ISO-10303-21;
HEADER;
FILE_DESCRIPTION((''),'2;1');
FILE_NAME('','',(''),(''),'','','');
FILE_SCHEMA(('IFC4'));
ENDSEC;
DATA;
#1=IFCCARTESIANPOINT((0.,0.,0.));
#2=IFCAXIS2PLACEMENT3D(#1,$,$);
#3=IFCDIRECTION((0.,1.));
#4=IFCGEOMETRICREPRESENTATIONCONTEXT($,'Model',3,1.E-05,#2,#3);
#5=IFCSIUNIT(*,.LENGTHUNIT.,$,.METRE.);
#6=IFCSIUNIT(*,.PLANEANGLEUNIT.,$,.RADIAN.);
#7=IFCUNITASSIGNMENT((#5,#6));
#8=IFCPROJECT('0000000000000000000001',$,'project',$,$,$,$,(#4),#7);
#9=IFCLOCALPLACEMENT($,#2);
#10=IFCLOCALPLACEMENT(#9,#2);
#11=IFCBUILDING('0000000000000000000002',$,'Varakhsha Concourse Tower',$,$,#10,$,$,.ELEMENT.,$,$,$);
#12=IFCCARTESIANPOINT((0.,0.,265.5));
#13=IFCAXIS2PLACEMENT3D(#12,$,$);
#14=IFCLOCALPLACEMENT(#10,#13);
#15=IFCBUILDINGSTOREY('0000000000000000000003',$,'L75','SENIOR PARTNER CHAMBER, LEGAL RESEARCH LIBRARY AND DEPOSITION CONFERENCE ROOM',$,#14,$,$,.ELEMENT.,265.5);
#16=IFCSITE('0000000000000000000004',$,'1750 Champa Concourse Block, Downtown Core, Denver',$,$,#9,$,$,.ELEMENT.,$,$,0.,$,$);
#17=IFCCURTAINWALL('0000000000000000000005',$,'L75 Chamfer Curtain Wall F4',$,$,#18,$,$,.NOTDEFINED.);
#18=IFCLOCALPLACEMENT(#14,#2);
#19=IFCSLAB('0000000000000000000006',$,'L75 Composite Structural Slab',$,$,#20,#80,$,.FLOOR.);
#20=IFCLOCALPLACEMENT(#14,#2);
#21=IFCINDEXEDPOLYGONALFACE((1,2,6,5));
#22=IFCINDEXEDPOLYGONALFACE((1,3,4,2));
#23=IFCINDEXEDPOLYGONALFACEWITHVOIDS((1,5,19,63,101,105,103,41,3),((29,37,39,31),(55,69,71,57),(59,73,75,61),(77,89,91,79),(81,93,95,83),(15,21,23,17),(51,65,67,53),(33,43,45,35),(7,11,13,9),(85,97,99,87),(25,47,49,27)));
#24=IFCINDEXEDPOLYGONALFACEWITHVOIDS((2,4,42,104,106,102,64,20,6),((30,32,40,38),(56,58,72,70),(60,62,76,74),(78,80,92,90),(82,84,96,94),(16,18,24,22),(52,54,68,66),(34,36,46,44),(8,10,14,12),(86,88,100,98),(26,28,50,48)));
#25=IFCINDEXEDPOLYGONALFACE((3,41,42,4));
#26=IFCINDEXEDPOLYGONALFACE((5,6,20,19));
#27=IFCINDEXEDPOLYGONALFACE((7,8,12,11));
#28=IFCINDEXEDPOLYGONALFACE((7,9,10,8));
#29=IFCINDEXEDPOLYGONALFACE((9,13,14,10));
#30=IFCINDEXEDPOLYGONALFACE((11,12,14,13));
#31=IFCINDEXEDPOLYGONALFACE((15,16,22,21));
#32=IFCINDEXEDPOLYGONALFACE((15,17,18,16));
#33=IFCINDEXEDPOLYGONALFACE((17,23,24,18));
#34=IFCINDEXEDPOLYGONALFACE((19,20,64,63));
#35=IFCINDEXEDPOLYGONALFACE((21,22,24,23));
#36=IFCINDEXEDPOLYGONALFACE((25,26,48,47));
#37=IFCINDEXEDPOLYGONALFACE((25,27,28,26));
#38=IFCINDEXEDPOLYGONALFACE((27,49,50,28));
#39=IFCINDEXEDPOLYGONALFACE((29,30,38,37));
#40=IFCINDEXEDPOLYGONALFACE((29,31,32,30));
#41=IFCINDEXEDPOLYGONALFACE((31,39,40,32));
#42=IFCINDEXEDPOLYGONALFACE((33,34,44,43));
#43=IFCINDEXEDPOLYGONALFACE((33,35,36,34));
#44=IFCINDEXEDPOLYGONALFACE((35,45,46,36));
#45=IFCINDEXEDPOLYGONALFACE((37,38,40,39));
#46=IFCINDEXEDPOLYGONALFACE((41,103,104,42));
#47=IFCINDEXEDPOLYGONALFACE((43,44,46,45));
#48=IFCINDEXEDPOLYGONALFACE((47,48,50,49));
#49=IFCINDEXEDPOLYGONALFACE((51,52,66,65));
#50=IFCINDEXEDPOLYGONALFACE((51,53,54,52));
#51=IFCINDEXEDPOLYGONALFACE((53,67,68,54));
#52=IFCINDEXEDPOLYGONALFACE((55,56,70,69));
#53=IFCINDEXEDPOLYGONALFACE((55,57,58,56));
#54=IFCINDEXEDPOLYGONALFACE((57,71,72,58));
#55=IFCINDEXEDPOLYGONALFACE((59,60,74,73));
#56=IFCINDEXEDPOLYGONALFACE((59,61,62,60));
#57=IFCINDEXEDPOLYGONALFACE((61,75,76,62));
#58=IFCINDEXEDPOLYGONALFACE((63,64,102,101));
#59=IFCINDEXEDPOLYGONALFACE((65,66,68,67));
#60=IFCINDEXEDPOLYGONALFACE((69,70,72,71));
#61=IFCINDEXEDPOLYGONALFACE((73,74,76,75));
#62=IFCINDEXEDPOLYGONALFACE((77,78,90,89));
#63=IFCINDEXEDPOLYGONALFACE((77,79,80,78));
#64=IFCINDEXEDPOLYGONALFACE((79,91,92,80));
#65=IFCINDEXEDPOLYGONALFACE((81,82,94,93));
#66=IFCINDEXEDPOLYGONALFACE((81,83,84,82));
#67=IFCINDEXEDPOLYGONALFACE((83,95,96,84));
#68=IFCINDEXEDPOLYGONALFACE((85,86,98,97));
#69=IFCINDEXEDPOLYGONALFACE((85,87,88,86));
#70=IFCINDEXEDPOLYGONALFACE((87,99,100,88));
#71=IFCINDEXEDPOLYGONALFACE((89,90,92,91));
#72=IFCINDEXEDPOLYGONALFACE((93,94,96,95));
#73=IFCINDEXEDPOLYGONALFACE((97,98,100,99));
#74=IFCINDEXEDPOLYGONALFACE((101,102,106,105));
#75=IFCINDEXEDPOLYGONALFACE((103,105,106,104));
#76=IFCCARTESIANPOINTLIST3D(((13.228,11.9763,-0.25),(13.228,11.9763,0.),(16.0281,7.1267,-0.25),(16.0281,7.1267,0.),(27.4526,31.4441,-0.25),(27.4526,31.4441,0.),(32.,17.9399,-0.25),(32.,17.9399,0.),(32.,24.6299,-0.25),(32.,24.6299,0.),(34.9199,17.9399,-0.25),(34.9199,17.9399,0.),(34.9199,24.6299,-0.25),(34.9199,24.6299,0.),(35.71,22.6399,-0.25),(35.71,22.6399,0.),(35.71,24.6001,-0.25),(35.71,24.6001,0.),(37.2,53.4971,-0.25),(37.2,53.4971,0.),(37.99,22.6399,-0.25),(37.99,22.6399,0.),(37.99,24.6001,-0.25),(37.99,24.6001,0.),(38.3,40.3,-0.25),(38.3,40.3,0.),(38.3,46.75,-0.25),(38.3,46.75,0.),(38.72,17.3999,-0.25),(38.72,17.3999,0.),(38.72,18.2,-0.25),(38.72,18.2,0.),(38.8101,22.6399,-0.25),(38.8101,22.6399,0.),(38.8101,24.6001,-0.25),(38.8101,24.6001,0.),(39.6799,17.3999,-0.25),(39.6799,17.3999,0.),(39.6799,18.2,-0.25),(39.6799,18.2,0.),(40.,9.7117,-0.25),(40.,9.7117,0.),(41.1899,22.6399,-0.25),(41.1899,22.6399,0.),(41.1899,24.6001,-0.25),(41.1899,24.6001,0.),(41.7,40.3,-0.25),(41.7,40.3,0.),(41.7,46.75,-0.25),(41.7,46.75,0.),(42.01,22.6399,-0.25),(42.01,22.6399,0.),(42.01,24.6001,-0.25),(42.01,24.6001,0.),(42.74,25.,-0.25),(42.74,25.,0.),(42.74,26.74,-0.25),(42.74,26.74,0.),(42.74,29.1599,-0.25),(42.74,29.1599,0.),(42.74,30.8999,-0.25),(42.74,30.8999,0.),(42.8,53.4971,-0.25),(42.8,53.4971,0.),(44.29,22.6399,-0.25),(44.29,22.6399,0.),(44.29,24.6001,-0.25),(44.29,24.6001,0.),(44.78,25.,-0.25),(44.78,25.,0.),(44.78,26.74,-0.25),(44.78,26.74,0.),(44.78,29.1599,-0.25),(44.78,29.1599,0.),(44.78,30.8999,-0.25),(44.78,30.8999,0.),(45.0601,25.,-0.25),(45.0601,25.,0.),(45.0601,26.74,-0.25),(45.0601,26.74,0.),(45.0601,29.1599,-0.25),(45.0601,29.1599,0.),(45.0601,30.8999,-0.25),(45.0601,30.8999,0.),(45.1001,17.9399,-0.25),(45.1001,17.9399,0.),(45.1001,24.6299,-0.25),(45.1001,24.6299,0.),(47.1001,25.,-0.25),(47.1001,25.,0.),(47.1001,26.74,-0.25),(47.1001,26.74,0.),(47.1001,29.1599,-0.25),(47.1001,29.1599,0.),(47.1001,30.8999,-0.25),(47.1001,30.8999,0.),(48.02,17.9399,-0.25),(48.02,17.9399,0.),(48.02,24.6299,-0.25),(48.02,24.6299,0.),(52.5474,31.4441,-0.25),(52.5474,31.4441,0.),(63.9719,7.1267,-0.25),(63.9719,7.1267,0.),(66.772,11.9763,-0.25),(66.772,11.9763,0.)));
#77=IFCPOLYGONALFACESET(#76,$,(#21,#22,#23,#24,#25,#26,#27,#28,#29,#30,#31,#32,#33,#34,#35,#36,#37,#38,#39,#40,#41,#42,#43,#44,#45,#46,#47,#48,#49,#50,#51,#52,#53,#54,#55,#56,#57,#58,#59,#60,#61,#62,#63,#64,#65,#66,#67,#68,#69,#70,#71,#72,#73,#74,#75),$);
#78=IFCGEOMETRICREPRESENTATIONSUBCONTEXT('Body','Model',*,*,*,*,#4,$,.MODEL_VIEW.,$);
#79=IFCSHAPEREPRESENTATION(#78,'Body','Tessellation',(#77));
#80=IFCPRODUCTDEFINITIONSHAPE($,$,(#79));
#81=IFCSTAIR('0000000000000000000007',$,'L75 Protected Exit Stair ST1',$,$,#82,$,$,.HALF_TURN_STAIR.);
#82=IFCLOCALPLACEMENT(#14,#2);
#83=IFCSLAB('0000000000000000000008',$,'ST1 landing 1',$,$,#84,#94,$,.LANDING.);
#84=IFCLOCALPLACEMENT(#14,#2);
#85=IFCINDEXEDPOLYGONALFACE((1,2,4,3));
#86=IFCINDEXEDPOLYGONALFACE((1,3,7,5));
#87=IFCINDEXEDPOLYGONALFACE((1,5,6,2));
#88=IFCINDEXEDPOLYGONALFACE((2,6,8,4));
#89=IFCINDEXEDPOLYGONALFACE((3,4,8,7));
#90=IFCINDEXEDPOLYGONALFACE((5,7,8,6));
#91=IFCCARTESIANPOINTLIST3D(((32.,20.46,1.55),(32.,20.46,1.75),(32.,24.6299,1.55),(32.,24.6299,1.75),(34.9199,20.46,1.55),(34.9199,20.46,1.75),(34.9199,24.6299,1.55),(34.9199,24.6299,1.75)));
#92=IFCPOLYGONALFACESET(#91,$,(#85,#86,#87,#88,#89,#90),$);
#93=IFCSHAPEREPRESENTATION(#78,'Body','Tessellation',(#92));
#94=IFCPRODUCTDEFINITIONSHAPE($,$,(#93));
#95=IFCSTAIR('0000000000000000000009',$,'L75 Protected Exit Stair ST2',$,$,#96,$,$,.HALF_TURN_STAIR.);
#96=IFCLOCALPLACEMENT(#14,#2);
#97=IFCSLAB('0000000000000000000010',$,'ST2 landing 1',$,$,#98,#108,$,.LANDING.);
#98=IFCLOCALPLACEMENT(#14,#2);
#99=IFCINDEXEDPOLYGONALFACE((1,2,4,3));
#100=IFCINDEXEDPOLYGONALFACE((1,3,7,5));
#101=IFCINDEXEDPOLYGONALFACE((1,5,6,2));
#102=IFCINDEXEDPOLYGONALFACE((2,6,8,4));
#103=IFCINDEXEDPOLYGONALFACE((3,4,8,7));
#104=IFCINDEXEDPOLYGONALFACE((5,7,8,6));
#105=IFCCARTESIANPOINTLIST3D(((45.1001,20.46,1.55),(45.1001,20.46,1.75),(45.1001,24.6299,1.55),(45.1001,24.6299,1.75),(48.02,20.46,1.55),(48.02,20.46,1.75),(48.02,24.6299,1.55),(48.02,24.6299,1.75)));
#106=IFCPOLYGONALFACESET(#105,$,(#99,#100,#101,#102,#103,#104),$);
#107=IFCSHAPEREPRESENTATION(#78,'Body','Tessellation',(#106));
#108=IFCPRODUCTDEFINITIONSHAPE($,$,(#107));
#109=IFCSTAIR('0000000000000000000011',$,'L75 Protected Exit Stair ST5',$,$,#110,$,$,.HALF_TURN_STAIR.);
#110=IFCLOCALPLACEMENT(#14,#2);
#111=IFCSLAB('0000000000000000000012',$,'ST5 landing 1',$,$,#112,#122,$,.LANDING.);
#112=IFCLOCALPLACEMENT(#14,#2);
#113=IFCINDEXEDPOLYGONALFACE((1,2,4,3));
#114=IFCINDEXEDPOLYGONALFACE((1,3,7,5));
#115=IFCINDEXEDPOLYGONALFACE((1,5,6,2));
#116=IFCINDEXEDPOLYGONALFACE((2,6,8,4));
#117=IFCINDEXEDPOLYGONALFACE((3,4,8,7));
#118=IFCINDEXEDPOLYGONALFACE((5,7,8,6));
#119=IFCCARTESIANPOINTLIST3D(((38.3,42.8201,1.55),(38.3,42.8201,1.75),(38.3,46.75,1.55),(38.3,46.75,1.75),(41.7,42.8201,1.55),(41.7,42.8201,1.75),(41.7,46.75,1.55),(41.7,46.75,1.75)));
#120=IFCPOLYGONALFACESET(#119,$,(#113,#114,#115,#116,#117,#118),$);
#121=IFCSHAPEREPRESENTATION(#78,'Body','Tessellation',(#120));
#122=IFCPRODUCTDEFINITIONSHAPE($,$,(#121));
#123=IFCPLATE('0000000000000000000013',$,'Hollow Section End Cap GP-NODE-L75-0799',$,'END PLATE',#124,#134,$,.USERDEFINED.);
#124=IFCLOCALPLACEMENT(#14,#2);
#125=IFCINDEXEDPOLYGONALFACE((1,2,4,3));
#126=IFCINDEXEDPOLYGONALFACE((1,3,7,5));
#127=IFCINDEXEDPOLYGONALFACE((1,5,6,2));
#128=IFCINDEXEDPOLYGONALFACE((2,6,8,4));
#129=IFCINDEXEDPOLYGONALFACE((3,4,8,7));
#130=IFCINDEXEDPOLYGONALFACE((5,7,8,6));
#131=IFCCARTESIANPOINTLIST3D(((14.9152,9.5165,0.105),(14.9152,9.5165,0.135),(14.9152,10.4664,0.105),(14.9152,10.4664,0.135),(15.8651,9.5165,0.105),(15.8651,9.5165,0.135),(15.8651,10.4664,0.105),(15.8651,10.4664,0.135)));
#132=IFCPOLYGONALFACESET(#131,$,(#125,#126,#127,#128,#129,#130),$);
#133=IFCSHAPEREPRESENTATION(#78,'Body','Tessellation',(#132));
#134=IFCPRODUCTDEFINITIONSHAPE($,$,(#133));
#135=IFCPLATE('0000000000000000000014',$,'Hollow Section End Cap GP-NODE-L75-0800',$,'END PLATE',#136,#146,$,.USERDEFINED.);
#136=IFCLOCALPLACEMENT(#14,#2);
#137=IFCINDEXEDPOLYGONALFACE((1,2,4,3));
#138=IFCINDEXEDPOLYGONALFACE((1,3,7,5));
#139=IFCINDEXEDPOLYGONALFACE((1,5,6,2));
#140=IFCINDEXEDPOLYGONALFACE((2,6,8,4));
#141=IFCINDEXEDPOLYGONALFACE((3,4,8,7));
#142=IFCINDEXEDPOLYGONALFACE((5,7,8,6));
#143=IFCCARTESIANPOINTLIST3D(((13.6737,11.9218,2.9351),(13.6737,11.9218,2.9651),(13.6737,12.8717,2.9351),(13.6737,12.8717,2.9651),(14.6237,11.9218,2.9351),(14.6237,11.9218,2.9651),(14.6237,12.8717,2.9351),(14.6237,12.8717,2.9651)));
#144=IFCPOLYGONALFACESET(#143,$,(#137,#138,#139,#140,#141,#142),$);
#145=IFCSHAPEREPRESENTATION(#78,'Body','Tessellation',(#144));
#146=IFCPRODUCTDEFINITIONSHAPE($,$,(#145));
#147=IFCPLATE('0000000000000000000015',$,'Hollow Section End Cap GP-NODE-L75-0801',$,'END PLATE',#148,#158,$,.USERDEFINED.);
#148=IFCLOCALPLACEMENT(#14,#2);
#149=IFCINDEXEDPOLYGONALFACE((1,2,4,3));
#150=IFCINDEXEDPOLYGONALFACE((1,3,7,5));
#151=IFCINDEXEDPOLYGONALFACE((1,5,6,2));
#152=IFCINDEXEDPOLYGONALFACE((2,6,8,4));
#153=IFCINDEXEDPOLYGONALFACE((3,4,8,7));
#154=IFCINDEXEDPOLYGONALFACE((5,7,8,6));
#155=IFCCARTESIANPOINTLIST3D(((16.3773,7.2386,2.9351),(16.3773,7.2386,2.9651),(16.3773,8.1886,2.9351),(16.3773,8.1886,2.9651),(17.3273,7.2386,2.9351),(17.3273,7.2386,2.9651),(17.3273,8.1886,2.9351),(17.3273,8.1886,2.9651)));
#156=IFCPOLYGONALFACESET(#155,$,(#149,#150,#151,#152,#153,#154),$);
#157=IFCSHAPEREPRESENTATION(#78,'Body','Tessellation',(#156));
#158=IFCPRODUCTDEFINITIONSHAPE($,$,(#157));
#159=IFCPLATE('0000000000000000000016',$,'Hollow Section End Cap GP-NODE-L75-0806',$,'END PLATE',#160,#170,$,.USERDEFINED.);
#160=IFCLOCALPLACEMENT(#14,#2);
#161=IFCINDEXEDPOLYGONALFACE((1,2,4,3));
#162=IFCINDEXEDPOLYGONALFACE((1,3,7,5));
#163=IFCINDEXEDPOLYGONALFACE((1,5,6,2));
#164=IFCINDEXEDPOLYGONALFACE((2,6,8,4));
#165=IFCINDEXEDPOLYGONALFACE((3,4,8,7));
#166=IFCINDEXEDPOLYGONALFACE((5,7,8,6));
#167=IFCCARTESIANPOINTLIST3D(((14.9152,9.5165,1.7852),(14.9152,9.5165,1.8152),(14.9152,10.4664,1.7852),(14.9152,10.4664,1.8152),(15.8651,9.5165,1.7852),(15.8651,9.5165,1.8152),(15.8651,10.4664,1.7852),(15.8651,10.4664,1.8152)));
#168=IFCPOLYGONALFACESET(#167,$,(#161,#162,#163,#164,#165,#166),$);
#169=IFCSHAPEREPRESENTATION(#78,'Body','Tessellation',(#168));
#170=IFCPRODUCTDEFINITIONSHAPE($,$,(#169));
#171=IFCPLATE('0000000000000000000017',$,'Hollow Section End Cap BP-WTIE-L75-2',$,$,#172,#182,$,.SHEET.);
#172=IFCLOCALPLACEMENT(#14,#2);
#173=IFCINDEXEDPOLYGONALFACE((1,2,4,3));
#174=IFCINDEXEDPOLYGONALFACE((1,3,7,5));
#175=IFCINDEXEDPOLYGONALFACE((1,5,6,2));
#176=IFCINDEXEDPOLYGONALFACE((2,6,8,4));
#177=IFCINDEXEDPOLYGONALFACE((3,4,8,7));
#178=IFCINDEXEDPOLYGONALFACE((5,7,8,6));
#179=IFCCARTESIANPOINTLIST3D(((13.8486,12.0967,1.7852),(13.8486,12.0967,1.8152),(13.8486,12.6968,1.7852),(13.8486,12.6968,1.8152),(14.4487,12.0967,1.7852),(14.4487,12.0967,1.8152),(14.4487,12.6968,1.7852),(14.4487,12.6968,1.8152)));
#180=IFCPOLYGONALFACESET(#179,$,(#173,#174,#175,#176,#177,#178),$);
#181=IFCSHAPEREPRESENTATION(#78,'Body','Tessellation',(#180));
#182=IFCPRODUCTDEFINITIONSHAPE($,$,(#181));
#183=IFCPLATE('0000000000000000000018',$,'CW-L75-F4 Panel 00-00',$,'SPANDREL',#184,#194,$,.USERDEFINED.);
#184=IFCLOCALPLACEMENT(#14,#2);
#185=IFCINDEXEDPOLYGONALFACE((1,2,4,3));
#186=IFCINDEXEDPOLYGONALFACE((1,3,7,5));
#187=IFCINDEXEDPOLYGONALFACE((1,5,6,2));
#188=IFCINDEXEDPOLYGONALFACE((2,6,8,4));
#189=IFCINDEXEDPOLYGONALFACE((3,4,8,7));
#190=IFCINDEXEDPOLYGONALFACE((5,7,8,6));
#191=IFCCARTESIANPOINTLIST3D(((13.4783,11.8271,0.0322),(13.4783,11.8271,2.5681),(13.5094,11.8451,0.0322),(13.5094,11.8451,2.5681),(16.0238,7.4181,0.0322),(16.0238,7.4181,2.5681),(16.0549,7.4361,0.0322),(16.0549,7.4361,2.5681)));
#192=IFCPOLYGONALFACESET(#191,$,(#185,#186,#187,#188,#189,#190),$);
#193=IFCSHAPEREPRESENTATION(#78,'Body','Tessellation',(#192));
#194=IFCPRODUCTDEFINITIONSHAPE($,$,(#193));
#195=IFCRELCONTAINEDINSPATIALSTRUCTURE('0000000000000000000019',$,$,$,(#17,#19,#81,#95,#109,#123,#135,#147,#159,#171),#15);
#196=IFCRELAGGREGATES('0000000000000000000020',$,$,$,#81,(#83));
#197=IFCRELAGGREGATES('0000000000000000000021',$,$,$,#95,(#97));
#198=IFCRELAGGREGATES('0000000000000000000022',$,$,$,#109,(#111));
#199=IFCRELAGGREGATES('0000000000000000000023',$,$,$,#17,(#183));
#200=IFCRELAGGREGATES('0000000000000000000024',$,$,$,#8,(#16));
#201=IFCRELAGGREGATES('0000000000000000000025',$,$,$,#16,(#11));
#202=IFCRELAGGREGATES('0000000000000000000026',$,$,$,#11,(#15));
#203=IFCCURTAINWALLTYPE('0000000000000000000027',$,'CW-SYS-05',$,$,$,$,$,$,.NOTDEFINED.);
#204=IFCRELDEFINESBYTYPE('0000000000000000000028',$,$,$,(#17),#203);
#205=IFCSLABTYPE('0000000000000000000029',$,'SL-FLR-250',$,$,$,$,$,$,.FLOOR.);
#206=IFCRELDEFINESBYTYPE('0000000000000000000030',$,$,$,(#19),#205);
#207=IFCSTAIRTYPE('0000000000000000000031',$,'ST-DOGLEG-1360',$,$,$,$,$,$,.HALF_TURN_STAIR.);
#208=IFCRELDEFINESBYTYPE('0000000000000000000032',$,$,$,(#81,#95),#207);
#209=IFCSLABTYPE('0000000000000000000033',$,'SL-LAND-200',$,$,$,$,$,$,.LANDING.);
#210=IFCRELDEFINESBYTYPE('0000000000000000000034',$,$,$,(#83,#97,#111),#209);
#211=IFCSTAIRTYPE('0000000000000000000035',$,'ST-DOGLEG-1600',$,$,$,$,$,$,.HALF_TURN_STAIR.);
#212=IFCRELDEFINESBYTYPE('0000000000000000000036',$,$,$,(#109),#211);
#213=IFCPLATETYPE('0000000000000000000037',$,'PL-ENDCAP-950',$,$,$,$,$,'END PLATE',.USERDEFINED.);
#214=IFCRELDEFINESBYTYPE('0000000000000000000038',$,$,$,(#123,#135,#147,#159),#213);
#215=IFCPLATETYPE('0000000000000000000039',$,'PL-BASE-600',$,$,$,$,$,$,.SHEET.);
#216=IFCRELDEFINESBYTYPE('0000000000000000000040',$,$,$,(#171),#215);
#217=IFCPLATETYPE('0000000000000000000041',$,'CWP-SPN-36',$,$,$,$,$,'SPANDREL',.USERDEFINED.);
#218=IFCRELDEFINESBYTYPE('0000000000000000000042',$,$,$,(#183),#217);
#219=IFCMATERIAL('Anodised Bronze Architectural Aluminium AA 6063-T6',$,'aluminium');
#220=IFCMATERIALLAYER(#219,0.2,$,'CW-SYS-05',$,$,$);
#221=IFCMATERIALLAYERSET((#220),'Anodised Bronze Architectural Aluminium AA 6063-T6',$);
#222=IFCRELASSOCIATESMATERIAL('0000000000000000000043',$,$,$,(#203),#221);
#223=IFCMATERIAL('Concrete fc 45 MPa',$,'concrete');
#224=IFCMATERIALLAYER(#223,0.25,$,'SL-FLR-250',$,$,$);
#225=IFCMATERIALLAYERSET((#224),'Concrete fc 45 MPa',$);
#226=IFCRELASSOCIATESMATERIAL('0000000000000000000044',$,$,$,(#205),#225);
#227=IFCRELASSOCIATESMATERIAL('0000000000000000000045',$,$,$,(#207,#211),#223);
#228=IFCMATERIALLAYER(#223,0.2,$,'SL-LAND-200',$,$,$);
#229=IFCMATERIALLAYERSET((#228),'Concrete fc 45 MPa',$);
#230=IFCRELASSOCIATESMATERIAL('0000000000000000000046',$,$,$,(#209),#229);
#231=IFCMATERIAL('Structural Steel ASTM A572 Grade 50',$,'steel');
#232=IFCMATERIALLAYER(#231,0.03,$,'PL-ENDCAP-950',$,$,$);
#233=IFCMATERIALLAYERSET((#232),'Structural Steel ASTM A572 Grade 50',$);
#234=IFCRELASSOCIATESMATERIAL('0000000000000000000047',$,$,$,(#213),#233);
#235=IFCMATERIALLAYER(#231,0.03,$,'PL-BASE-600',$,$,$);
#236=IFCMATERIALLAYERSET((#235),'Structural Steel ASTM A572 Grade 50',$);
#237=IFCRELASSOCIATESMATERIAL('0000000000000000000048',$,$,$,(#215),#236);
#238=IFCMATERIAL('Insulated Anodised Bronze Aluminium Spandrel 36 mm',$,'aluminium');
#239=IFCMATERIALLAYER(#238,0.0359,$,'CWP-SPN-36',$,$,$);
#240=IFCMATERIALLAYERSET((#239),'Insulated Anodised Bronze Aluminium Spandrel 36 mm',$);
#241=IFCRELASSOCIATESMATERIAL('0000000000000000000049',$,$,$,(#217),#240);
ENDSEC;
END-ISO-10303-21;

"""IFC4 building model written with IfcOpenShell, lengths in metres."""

from ifc_helpers import new_model, si_unit, direction, frame, origin, origin_2d, place, context, subcontext, project, spatial, polyline, rectangle, outline, extrude, source, transform, mapped, material, layer, layer_set, type_object, type_shapes, element, aggregate, save


model = new_model("IFC4")

# Units and contexts
model_context = context("Model", 3, precision=1e-05, world=origin(), true_north=direction((0.0, 1.0)))
body_context = subcontext(model_context, "Body", "Model", "MODEL_VIEW")
ifc_project = project(units=[si_unit("LENGTHUNIT", "METRE"), si_unit("PLANEANGLEUNIT", "RADIAN")], contexts=[model_context])

# Site, building, storey
site_placement = place(None, origin())
site = spatial("IfcSite", under=ifc_project, at=site_placement, Name="1750 Champa Concourse Block, Downtown Core, Denver", CompositionType="ELEMENT", RefElevation=0.0)
building_placement = place(site_placement, origin())
building = spatial("IfcBuilding", under=site, at=building_placement, Name="Varakhsha Concourse Tower", CompositionType="ELEMENT")
storey_placement = place(building_placement, frame((0.0, 0.0, 265.5)))
storey = spatial("IfcBuildingStorey", under=building, at=storey_placement, Name="L75", Description="SENIOR PARTNER CHAMBER, LEGAL RESEARCH LIBRARY AND DEPOSITION CONFERENCE ROOM", CompositionType="ELEMENT", Elevation=265.5)

# Shared definitions
ifc_material_1 = material(Name="Structural Steel ASTM A572 Grade 50", Category="steel")

# Shared definitions
ifc_material_2 = material(Name="Anodised Bronze Architectural Aluminium AA 6063-T6", Category="aluminium")
ifc_layer_1 = layer(ifc_material_2, 0.2, Name="CW-SYS-05")
ifc_layer_set_1 = layer_set([ifc_layer_1], Name="Anodised Bronze Architectural Aluminium AA 6063-T6")
curtain_wall_type = type_object("IfcCurtainWallType", Name="CW-SYS-05", PredefinedType="NOTDEFINED", material=ifc_layer_set_1)

# Curtain wall
curtain_wall_1_placement = place(storey_placement, origin())
curtain_wall_1 = element("IfcCurtainWall", 1, at=curtain_wall_1_placement, inside=storey, type_object=curtain_wall_type, Name="L75 Chamfer Curtain Wall F4", PredefinedType="NOTDEFINED")

# Slab
ifc_material_3 = material(Name="Concrete fc 45 MPa", Category="concrete")
ifc_layer_2 = layer(ifc_material_3, 0.25, Name="SL-FLR-250")
ifc_layer_set_2 = layer_set([ifc_layer_2], Name="Concrete fc 45 MPa")
slab_type_1 = type_object("IfcSlabType", Name="SL-FLR-250", PredefinedType="FLOOR", material=ifc_layer_set_2)
slab_1_placement = place(storey_placement, frame((0.0, 0.0, -0.25)))
element("IfcSlab", 2, at=slab_1_placement, inside=storey, type_object=slab_type_1, Name="L75 Composite Structural Slab", PredefinedType="FLOOR", context=body_context, shape_type="SweptSolid", body=[
    extrude(outline(polyline([(42.8, 53.4971), (37.2, 53.4971), (27.4526, 31.4441), (13.228, 11.9763), (16.0281, 7.1267), (40.0, 9.7117), (63.9719, 7.1267), (66.772, 11.9763), (52.5474, 31.4441), (42.8, 53.4971)]), holes=[polyline([(34.9199, 17.9399), (34.9199, 24.6299), (32.0, 24.6299), (32.0, 17.9399), (34.9199, 17.9399)]), polyline([(48.02, 17.9399), (48.02, 24.6299), (45.1001, 24.6299), (45.1001, 17.9399), (48.02, 17.9399)]), polyline([(41.7, 40.3), (41.7, 46.75), (38.3, 46.75), (38.3, 40.3), (41.7, 40.3)]), polyline([(42.74, 29.1599), (44.78, 29.1599), (44.78, 30.8999), (42.74, 30.8999), (42.74, 29.1599)]), polyline([(45.0601, 29.1599), (47.1001, 29.1599), (47.1001, 30.8999), (45.0601, 30.8999), (45.0601, 29.1599)]), polyline([(42.74, 25.0), (44.78, 25.0), (44.78, 26.74), (42.74, 26.74), (42.74, 25.0)]), polyline([(45.0601, 25.0), (47.1001, 25.0), (47.1001, 26.74), (45.0601, 26.74), (45.0601, 25.0)]), polyline([(35.71, 22.6399), (37.99, 22.6399), (37.99, 24.6001), (35.71, 24.6001), (35.71, 22.6399)]), polyline([(42.01, 22.6399), (44.29, 22.6399), (44.29, 24.6001), (42.01, 24.6001), (42.01, 22.6399)]), polyline([(38.8101, 22.6399), (41.1899, 22.6399), (41.1899, 24.6001), (38.8101, 24.6001), (38.8101, 22.6399)]), polyline([(38.72, 17.3999), (39.6799, 17.3999), (39.6799, 18.2), (38.72, 18.2), (38.72, 17.3999)])]), origin(), (0.0, 0.0, 1.0), 0.25),
])

# Stairs, slabs
stair_type_1 = type_object("IfcStairType", Name="ST-DOGLEG-1360", PredefinedType="HALF_TURN_STAIR", material=ifc_material_3)
stair_1_placement = place(storey_placement, origin())
stair_1 = element("IfcStair", 3, at=stair_1_placement, inside=storey, type_object=stair_type_1, Name="L75 Protected Exit Stair ST1", PredefinedType="HALF_TURN_STAIR")
ifc_layer_3 = layer(ifc_material_3, 0.2, Name="SL-LAND-200")
ifc_layer_set_3 = layer_set([ifc_layer_3], Name="Concrete fc 45 MPa")
slab_type_2 = type_object("IfcSlabType", Name="SL-LAND-200", PredefinedType="LANDING", material=ifc_layer_set_3)
slab_2_placement = place(storey_placement, frame((0.0, 0.0, 1.55)))
slab_2 = element("IfcSlab", 4, at=slab_2_placement, type_object=slab_type_2, Name="ST1 landing 1", PredefinedType="LANDING", context=body_context, shape_type="SweptSolid", body=[
    extrude(outline(polyline([(34.9199, 20.46), (34.9199, 24.6299), (32.0, 24.6299), (32.0, 20.46), (34.9199, 20.46)])), origin(), (0.0, 0.0, 1.0), 0.2),
])
aggregate(stair_1, [slab_2])
stair_2_placement = place(storey_placement, origin())
stair_2 = element("IfcStair", 5, at=stair_2_placement, inside=storey, type_object=stair_type_1, Name="L75 Protected Exit Stair ST2", PredefinedType="HALF_TURN_STAIR")
slab_3_placement = place(storey_placement, frame((0.0, 0.0, 1.55)))
slab_3 = element("IfcSlab", 6, at=slab_3_placement, type_object=slab_type_2, Name="ST2 landing 1", PredefinedType="LANDING", context=body_context, shape_type="SweptSolid", body=[
    extrude(outline(polyline([(48.02, 20.46), (48.02, 24.6299), (45.1001, 24.6299), (45.1001, 20.46), (48.02, 20.46)])), origin(), (0.0, 0.0, 1.0), 0.2),
])
aggregate(stair_2, [slab_3])
stair_type_2 = type_object("IfcStairType", Name="ST-DOGLEG-1600", PredefinedType="HALF_TURN_STAIR", material=ifc_material_3)
stair_3_placement = place(storey_placement, origin())
stair_3 = element("IfcStair", 7, at=stair_3_placement, inside=storey, type_object=stair_type_2, Name="L75 Protected Exit Stair ST5", PredefinedType="HALF_TURN_STAIR")
slab_4_placement = place(storey_placement, frame((0.0, 0.0, 1.55)))
slab_4 = element("IfcSlab", 8, at=slab_4_placement, type_object=slab_type_2, Name="ST5 landing 1", PredefinedType="LANDING", context=body_context, shape_type="SweptSolid", body=[
    extrude(outline(polyline([(41.7, 42.8201), (41.7, 46.75), (38.3, 46.75), (38.3, 42.8201), (41.7, 42.8201)])), origin(), (0.0, 0.0, 1.0), 0.2),
])
aggregate(stair_3, [slab_4])

# Plates
ifc_layer_4 = layer(ifc_material_1, 0.03, Name="PL-ENDCAP-950")
ifc_layer_set_4 = layer_set([ifc_layer_4], Name="Structural Steel ASTM A572 Grade 50")
plate_type_1 = type_object("IfcPlateType", Name="PL-ENDCAP-950", ElementType="END PLATE", PredefinedType="USERDEFINED", material=ifc_layer_set_4)
shared_shape_1 = source(origin(), body_context, "Body", "SweptSolid", [
    extrude(rectangle(XDim=0.95, YDim=0.95, at=origin_2d()), origin(), (0.0, 0.0, 1.0), 0.03),
])
type_shapes(plate_type_1, [shared_shape_1])
for number, where, z_axis, x_axis, name in (
    (9, (15.3901, 9.9915, 0.105), (0.0, 0.0, 1.0), (1.0, 0.0, 0.0), "Hollow Section End Cap GP-NODE-L75-0799"),
    (10, (14.1487, 12.3967, 2.9351), (0.0, 0.0, 1.0), (1.0, 0.0, 0.0), "Hollow Section End Cap GP-NODE-L75-0800"),
    (11, (16.8523, 7.7136, 2.9351), (0.0, 0.0, 1.0), (1.0, 0.0, 0.0), "Hollow Section End Cap GP-NODE-L75-0801"),
    (12, (15.3901, 9.9915, 1.7852), (0.0, 0.0, 1.0), (1.0, 0.0, 0.0), "Hollow Section End Cap GP-NODE-L75-0806"),
):
    element("IfcPlate", number, at=place(storey_placement, frame(where, z_axis=z_axis, x_axis=x_axis)), inside=storey, type_object=plate_type_1, Name=name, ObjectType="END PLATE", PredefinedType="USERDEFINED", context=body_context, shape_type="MappedRepresentation", body=[
        mapped(shared_shape_1, transform((0.0, 0.0, 0.0), scale=1.0)),
    ])
ifc_layer_5 = layer(ifc_material_1, 0.03, Name="PL-BASE-600")
ifc_layer_set_5 = layer_set([ifc_layer_5], Name="Structural Steel ASTM A572 Grade 50")
plate_type_2 = type_object("IfcPlateType", Name="PL-BASE-600", PredefinedType="SHEET", material=ifc_layer_set_5)
shared_shape_2 = source(origin(), body_context, "Body", "SweptSolid", [
    extrude(rectangle(XDim=0.6001, YDim=0.6001, at=origin_2d()), origin(), (0.0, 0.0, 1.0), 0.03),
])
type_shapes(plate_type_2, [shared_shape_2])
plate_1_placement = place(storey_placement, frame((14.1487, 12.3967, 1.7852), z_axis=(0.0, 0.0, 1.0), x_axis=(1.0, 0.0, 0.0)))
element("IfcPlate", 13, at=plate_1_placement, inside=storey, type_object=plate_type_2, Name="Hollow Section End Cap BP-WTIE-L75-2", PredefinedType="SHEET", context=body_context, shape_type="MappedRepresentation", body=[
    mapped(shared_shape_2, transform((0.0, 0.0, 0.0), scale=1.0)),
])

# Plate
ifc_material_4 = material(Name="Insulated Anodised Bronze Aluminium Spandrel 36 mm", Category="aluminium")
ifc_layer_6 = layer(ifc_material_4, 0.0359, Name="CWP-SPN-36")
ifc_layer_set_6 = layer_set([ifc_layer_6], Name="Insulated Anodised Bronze Aluminium Spandrel 36 mm")
plate_type_3 = type_object("IfcPlateType", Name="CWP-SPN-36", ElementType="SPANDREL", PredefinedType="USERDEFINED", material=ifc_layer_set_6)
shared_shape_3 = source(origin(), body_context, "Body", "SweptSolid", [
    extrude(rectangle(XDim=5.0911, YDim=0.0359, at=origin_2d()), origin(), (0.0, 0.0, 1.0), 2.5359),
])
plate_2_placement = place(storey_placement, frame((14.7666, 9.6316, 0.0322), z_axis=(0.0, 0.0, 1.0), x_axis=(-0.499991, 0.866031, 0.0)))
plate_2 = element("IfcPlate", 14, at=plate_2_placement, type_object=plate_type_3, Name="CW-L75-F4 Panel 00-00", ObjectType="SPANDREL", PredefinedType="USERDEFINED", context=body_context, shape_type="MappedRepresentation", body=[
    mapped(shared_shape_3, transform((0.0, 0.0, 0.0), scale=1.0)),
])
aggregate(curtain_wall_1, [plate_2])

save(model, "model.ifc")
